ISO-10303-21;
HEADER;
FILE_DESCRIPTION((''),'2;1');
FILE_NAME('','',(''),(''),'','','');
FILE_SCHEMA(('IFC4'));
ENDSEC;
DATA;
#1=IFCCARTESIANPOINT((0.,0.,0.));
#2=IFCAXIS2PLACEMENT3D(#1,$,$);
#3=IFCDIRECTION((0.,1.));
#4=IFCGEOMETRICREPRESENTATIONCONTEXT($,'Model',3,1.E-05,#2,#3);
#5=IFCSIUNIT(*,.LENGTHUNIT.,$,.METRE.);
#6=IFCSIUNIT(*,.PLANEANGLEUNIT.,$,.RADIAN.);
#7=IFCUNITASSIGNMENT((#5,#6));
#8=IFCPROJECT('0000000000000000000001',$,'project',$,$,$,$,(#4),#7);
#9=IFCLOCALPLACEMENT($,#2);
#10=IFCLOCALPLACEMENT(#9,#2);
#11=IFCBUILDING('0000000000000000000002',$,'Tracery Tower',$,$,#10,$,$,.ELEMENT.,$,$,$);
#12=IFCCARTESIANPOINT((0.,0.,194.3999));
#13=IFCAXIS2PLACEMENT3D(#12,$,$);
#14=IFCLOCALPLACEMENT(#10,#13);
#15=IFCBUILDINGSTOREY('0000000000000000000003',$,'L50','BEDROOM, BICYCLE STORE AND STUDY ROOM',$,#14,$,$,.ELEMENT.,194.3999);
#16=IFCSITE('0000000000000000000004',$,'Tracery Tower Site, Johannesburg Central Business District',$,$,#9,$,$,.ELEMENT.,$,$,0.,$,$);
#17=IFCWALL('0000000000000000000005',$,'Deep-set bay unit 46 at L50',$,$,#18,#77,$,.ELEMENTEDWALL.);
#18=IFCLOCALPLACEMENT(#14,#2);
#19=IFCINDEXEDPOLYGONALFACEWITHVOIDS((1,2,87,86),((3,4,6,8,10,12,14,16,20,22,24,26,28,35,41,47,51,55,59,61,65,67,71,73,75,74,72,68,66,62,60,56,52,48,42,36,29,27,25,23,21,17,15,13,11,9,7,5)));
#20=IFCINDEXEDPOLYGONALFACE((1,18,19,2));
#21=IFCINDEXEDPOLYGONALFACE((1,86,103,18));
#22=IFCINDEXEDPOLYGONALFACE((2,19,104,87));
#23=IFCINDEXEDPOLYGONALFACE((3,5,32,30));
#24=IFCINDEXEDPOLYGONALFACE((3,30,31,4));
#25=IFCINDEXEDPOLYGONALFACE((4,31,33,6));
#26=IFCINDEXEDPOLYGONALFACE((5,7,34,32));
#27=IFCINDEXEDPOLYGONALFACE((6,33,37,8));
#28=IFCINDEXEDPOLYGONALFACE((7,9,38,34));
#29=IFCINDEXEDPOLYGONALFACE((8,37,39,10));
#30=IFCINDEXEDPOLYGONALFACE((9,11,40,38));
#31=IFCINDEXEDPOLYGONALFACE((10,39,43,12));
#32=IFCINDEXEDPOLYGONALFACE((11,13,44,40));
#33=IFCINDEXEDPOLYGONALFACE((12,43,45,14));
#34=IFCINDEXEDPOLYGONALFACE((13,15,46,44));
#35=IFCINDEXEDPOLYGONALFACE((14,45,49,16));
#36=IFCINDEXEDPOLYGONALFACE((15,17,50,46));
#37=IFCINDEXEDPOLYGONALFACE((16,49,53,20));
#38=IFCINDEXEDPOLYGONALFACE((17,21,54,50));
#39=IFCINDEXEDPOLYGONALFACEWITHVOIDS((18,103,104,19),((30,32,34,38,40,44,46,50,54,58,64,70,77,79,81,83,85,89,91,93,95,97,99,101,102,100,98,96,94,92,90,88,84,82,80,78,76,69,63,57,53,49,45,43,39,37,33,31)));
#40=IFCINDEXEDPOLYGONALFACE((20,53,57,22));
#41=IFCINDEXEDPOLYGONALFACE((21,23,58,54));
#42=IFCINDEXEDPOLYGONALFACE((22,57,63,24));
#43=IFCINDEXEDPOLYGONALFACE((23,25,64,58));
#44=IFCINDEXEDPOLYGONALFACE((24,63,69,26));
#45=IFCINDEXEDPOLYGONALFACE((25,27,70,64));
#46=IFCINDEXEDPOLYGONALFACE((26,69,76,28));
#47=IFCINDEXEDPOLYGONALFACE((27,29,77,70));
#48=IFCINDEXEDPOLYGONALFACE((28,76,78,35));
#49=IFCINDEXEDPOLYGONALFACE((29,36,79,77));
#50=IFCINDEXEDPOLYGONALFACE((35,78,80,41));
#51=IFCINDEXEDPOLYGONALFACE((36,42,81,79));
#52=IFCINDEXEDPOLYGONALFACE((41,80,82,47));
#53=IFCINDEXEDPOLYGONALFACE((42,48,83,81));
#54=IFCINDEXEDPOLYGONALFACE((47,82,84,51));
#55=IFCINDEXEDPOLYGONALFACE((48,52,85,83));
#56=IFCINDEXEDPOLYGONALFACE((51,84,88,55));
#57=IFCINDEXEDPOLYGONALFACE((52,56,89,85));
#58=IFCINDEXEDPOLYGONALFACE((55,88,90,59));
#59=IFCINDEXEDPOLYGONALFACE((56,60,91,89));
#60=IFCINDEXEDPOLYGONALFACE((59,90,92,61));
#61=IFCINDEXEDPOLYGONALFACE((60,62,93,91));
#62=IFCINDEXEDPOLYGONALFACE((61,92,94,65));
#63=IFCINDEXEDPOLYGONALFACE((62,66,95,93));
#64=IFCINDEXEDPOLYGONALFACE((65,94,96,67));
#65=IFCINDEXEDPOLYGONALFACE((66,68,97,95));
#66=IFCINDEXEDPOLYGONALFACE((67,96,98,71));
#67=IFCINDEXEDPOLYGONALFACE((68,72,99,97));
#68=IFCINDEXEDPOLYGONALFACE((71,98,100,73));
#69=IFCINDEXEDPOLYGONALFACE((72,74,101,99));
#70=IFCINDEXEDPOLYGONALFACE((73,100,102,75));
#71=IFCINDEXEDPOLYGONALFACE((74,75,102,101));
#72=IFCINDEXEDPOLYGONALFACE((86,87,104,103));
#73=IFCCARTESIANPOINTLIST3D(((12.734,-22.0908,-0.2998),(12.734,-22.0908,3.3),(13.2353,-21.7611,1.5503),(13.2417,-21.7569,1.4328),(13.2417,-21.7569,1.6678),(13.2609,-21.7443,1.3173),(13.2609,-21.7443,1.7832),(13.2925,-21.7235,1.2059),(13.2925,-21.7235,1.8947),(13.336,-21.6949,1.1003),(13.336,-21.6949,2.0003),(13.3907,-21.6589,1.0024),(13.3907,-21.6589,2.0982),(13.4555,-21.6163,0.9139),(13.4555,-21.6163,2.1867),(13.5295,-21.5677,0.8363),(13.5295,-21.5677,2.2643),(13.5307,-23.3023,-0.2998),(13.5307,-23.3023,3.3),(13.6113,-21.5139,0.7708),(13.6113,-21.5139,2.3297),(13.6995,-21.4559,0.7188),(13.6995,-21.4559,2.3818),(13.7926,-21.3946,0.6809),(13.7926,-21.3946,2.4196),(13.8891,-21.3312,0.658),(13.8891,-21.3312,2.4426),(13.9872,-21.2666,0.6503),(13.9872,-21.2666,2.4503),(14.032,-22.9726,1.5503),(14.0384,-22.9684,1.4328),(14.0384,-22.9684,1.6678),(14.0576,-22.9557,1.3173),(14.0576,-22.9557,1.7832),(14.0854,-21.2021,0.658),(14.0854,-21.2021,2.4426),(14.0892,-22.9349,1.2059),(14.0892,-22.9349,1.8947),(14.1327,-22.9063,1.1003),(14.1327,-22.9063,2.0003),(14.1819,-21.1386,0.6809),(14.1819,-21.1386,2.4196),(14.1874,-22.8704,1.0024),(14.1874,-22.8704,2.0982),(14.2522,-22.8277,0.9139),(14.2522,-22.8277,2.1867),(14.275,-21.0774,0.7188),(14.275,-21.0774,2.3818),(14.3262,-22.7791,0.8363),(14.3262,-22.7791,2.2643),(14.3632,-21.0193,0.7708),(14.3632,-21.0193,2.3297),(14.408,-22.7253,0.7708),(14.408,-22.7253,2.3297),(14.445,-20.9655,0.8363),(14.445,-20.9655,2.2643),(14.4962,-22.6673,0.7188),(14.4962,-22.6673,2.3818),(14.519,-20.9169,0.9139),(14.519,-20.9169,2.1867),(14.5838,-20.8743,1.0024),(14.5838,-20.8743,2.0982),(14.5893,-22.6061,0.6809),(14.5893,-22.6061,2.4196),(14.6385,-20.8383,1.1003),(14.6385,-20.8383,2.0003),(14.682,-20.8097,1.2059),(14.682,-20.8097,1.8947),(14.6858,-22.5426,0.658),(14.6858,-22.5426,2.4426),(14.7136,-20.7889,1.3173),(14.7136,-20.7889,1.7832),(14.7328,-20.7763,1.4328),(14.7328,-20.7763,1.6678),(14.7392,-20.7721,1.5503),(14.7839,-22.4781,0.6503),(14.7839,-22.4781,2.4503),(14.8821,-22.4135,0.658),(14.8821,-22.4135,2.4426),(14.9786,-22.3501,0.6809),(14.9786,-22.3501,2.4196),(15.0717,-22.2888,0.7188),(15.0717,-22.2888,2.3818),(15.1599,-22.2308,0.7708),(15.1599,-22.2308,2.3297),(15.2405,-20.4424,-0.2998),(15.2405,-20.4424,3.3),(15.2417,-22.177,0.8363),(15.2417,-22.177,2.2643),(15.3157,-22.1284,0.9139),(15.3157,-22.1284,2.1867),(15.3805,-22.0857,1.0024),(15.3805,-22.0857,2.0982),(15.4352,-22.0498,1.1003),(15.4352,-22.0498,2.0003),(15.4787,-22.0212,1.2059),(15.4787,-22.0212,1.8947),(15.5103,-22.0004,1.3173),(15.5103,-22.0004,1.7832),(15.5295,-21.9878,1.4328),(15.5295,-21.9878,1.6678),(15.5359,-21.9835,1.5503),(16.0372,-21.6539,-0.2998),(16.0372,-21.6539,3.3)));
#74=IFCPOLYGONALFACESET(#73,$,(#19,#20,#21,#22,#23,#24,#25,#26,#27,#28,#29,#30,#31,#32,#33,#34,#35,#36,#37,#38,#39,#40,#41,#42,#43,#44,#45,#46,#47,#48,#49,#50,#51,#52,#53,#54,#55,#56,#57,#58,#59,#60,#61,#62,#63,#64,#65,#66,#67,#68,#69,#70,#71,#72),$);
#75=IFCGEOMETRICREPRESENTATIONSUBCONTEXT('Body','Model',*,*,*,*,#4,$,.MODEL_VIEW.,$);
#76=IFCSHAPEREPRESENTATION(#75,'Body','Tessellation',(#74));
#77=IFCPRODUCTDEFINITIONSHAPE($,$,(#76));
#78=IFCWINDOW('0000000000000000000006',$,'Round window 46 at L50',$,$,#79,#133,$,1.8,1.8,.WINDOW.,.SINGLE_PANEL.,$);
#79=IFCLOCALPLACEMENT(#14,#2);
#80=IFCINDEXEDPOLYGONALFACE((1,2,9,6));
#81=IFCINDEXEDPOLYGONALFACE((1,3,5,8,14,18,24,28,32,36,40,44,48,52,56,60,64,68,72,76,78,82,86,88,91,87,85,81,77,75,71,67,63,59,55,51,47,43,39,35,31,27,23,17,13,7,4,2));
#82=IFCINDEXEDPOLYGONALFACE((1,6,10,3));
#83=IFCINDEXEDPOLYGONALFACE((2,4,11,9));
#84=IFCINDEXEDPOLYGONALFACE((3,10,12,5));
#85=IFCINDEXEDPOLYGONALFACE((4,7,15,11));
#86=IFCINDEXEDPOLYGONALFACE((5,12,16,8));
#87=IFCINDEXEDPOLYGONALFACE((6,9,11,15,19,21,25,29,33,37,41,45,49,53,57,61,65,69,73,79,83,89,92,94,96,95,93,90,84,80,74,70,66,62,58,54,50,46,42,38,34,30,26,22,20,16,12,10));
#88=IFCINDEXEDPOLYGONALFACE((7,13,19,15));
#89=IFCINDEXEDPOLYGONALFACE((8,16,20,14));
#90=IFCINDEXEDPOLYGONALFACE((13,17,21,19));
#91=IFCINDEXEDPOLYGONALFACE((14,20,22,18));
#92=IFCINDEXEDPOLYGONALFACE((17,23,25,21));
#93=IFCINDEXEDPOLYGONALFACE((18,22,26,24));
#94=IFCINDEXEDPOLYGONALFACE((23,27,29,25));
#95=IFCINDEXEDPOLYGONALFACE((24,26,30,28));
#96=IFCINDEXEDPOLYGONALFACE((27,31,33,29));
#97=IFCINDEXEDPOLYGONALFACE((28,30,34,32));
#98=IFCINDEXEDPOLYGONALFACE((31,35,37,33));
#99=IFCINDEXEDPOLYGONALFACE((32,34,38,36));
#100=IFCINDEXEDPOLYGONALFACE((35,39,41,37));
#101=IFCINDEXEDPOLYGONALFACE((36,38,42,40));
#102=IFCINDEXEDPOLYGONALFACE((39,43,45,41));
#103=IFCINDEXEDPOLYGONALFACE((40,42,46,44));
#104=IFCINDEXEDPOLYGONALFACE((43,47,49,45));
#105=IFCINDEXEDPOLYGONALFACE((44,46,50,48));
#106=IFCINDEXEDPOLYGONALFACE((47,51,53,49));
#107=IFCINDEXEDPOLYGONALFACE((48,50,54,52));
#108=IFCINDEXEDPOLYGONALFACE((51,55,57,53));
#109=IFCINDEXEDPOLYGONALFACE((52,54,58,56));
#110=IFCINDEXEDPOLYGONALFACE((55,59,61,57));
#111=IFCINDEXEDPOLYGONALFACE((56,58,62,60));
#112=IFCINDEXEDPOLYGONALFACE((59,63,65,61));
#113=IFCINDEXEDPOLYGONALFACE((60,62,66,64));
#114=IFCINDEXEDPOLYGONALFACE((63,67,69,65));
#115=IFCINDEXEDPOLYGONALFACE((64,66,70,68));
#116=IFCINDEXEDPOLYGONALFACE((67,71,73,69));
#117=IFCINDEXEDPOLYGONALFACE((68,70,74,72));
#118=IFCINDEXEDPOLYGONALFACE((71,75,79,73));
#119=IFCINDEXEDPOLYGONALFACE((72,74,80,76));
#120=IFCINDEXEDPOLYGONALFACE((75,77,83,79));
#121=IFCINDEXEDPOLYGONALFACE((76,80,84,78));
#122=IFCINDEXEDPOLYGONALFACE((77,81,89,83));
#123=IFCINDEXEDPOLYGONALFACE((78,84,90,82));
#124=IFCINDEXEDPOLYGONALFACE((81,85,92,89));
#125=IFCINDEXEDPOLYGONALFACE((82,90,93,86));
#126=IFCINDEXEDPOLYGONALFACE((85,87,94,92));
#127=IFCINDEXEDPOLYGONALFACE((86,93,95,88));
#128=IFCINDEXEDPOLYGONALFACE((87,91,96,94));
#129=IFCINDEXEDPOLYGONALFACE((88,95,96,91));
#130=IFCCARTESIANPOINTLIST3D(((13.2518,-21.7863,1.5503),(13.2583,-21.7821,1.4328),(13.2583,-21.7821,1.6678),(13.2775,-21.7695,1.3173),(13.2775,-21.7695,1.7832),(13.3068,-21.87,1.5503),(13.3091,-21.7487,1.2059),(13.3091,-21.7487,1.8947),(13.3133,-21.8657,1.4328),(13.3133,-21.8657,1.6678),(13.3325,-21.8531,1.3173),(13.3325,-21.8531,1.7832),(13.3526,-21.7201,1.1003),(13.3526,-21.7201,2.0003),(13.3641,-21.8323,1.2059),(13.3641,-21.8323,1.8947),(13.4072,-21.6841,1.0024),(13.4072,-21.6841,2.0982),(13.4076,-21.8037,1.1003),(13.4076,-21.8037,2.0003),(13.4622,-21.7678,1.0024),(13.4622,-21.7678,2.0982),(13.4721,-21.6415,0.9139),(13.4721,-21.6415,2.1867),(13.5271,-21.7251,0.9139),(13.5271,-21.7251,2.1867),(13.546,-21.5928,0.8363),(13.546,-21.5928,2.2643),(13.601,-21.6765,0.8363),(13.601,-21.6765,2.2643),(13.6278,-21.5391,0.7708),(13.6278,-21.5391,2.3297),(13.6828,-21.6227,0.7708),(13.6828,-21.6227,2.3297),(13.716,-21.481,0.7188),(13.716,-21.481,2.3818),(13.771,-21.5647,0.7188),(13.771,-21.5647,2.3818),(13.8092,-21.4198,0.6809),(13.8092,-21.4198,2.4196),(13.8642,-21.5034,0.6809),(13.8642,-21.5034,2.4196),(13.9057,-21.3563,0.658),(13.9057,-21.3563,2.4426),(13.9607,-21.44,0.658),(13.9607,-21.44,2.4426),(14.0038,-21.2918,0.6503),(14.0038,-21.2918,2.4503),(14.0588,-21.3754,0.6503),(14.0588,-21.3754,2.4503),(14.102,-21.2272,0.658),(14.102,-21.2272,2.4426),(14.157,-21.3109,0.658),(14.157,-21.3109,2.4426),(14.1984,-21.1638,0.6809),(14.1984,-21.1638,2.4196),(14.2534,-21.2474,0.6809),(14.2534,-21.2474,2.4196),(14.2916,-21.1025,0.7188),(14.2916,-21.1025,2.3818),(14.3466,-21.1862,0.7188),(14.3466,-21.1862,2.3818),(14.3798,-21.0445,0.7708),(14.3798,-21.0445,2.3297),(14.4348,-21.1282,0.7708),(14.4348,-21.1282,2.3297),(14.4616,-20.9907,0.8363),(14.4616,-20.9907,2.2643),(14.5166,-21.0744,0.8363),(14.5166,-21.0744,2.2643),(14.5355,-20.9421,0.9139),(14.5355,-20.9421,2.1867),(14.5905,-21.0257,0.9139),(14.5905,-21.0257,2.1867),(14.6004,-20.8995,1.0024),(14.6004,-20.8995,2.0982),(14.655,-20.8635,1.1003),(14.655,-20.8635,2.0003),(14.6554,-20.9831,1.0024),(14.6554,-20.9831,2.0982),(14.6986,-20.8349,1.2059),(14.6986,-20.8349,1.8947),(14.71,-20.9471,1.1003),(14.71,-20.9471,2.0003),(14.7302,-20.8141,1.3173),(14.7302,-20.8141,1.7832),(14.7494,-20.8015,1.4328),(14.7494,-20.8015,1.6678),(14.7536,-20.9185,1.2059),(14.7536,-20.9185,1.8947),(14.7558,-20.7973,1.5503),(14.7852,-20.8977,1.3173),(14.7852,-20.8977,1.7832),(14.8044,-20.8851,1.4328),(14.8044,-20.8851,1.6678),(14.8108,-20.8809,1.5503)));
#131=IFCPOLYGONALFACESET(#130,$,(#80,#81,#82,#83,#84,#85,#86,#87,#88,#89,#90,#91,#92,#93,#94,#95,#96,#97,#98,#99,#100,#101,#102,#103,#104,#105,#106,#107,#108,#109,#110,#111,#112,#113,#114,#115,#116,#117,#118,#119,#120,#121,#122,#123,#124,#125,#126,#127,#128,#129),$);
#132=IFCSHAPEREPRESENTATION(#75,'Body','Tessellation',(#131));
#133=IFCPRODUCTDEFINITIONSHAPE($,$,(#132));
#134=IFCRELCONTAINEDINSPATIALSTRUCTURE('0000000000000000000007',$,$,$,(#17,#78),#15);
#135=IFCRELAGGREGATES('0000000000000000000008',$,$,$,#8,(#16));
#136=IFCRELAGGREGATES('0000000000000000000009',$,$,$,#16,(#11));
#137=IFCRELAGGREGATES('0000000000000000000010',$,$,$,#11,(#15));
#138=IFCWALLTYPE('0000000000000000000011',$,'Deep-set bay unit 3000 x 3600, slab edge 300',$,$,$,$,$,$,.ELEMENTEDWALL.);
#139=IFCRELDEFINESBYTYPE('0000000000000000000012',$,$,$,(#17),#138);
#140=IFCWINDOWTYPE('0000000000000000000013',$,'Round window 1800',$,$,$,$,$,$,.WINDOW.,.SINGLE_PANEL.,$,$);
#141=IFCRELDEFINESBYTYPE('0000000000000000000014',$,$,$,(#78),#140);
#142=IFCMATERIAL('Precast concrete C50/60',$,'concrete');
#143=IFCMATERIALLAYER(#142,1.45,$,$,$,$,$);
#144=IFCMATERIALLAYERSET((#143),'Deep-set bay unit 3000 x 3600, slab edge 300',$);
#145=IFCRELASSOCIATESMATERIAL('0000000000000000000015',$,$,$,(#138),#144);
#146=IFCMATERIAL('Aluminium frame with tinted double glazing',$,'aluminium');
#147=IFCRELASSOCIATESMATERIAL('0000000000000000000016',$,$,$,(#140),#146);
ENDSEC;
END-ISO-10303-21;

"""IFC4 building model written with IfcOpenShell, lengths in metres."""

from ifc_helpers import new_model, si_unit, direction, frame, frame_2d, origin, origin_2d, place, context, subcontext, project, spatial, rectangle, circle, extrude, material, layer, layer_set, type_object, element, fill, save


model = new_model("IFC4")

# Units and contexts
model_context = context("Model", 3, precision=1e-05, world=origin(), true_north=direction((0.0, 1.0)))
body_context = subcontext(model_context, "Body", "Model", "MODEL_VIEW")
ifc_project = project(units=[si_unit("LENGTHUNIT", "METRE"), si_unit("PLANEANGLEUNIT", "RADIAN")], contexts=[model_context])

# Site, building, storey
site_placement = place(None, origin())
site = spatial("IfcSite", under=ifc_project, at=site_placement, Name="Tracery Tower Site, Johannesburg Central Business District", CompositionType="ELEMENT", RefElevation=0.0)
building_placement = place(site_placement, origin())
building = spatial("IfcBuilding", under=site, at=building_placement, Name="Tracery Tower", CompositionType="ELEMENT")
storey_placement = place(building_placement, frame((0.0, 0.0, 194.3999)))
storey = spatial("IfcBuildingStorey", under=building, at=storey_placement, Name="L50", Description="BEDROOM, BICYCLE STORE AND STUDY ROOM", CompositionType="ELEMENT", Elevation=194.3999)

# Wall, opening, window
ifc_material_1 = material(Name="Precast concrete C50/60", Category="concrete")
ifc_layer_1 = layer(ifc_material_1, 1.45)
ifc_layer_set_1 = layer_set([ifc_layer_1], Name="Deep-set bay unit 3000 x 3600, slab edge 300")
wall_type_1 = type_object("IfcWallType", Name="Deep-set bay unit 3000 x 3600, slab edge 300", PredefinedType="ELEMENTEDWALL", material=ifc_layer_set_1)
wall_1_placement = place(storey_placement, frame((13.1323, -22.6965, -0.2998), z_axis=(0.0, 0.0, 1.0), x_axis=(0.835514, 0.549469, 0.0)))
wall_1 = element("IfcWall", 1, at=wall_1_placement, inside=storey, type_object=wall_type_1, Name="Deep-set bay unit 46 at L50", PredefinedType="ELEMENTEDWALL", context=body_context, shape_type="SweptSolid", body=[
    extrude(rectangle(XDim=3.0, YDim=1.45, at=frame_2d((1.5, 0.0))), origin(), (0.0, 0.0, 1.0), 3.5999),
])
opening_1_placement = place(wall_1_placement, frame((1.5, 0.0, 1.8501)))
opening_1 = element("IfcOpeningElement", 2, at=opening_1_placement, cuts=wall_1, PredefinedType="OPENING", context=body_context, shape_type="SweptSolid", body=[
    extrude(circle(Radius=0.9, at=origin_2d()), frame((0.0, 0.7349, 0.0), z_axis=(0.0, -1.0, 0.0), x_axis=(1.0, 0.0, 0.0)), (0.0, 0.0, 1.0), 1.47),
])
ifc_material_2 = material(Name="Aluminium frame with tinted double glazing", Category="aluminium")
window_type = type_object("IfcWindowType", Name="Round window 1800", PartitioningType="SINGLE_PANEL", PredefinedType="WINDOW", material=ifc_material_2)
window_1_placement = place(opening_1_placement, origin())
window_1 = element("IfcWindow", 3, at=window_1_placement, inside=storey, type_object=window_type, Name="Round window 46 at L50", OverallHeight=1.8, OverallWidth=1.8, PartitioningType="SINGLE_PANEL", PredefinedType="WINDOW", context=body_context, shape_type="SweptSolid", body=[
    extrude(circle(Radius=0.9, at=origin_2d()), frame((0.0, 0.6948, 0.0), z_axis=(0.0, -1.0, 0.0), x_axis=(1.0, 0.0, 0.0)), (0.0, 0.0, 1.0), 0.1001),
])
fill(opening_1, window_1)

save(model, "model.ifc")
